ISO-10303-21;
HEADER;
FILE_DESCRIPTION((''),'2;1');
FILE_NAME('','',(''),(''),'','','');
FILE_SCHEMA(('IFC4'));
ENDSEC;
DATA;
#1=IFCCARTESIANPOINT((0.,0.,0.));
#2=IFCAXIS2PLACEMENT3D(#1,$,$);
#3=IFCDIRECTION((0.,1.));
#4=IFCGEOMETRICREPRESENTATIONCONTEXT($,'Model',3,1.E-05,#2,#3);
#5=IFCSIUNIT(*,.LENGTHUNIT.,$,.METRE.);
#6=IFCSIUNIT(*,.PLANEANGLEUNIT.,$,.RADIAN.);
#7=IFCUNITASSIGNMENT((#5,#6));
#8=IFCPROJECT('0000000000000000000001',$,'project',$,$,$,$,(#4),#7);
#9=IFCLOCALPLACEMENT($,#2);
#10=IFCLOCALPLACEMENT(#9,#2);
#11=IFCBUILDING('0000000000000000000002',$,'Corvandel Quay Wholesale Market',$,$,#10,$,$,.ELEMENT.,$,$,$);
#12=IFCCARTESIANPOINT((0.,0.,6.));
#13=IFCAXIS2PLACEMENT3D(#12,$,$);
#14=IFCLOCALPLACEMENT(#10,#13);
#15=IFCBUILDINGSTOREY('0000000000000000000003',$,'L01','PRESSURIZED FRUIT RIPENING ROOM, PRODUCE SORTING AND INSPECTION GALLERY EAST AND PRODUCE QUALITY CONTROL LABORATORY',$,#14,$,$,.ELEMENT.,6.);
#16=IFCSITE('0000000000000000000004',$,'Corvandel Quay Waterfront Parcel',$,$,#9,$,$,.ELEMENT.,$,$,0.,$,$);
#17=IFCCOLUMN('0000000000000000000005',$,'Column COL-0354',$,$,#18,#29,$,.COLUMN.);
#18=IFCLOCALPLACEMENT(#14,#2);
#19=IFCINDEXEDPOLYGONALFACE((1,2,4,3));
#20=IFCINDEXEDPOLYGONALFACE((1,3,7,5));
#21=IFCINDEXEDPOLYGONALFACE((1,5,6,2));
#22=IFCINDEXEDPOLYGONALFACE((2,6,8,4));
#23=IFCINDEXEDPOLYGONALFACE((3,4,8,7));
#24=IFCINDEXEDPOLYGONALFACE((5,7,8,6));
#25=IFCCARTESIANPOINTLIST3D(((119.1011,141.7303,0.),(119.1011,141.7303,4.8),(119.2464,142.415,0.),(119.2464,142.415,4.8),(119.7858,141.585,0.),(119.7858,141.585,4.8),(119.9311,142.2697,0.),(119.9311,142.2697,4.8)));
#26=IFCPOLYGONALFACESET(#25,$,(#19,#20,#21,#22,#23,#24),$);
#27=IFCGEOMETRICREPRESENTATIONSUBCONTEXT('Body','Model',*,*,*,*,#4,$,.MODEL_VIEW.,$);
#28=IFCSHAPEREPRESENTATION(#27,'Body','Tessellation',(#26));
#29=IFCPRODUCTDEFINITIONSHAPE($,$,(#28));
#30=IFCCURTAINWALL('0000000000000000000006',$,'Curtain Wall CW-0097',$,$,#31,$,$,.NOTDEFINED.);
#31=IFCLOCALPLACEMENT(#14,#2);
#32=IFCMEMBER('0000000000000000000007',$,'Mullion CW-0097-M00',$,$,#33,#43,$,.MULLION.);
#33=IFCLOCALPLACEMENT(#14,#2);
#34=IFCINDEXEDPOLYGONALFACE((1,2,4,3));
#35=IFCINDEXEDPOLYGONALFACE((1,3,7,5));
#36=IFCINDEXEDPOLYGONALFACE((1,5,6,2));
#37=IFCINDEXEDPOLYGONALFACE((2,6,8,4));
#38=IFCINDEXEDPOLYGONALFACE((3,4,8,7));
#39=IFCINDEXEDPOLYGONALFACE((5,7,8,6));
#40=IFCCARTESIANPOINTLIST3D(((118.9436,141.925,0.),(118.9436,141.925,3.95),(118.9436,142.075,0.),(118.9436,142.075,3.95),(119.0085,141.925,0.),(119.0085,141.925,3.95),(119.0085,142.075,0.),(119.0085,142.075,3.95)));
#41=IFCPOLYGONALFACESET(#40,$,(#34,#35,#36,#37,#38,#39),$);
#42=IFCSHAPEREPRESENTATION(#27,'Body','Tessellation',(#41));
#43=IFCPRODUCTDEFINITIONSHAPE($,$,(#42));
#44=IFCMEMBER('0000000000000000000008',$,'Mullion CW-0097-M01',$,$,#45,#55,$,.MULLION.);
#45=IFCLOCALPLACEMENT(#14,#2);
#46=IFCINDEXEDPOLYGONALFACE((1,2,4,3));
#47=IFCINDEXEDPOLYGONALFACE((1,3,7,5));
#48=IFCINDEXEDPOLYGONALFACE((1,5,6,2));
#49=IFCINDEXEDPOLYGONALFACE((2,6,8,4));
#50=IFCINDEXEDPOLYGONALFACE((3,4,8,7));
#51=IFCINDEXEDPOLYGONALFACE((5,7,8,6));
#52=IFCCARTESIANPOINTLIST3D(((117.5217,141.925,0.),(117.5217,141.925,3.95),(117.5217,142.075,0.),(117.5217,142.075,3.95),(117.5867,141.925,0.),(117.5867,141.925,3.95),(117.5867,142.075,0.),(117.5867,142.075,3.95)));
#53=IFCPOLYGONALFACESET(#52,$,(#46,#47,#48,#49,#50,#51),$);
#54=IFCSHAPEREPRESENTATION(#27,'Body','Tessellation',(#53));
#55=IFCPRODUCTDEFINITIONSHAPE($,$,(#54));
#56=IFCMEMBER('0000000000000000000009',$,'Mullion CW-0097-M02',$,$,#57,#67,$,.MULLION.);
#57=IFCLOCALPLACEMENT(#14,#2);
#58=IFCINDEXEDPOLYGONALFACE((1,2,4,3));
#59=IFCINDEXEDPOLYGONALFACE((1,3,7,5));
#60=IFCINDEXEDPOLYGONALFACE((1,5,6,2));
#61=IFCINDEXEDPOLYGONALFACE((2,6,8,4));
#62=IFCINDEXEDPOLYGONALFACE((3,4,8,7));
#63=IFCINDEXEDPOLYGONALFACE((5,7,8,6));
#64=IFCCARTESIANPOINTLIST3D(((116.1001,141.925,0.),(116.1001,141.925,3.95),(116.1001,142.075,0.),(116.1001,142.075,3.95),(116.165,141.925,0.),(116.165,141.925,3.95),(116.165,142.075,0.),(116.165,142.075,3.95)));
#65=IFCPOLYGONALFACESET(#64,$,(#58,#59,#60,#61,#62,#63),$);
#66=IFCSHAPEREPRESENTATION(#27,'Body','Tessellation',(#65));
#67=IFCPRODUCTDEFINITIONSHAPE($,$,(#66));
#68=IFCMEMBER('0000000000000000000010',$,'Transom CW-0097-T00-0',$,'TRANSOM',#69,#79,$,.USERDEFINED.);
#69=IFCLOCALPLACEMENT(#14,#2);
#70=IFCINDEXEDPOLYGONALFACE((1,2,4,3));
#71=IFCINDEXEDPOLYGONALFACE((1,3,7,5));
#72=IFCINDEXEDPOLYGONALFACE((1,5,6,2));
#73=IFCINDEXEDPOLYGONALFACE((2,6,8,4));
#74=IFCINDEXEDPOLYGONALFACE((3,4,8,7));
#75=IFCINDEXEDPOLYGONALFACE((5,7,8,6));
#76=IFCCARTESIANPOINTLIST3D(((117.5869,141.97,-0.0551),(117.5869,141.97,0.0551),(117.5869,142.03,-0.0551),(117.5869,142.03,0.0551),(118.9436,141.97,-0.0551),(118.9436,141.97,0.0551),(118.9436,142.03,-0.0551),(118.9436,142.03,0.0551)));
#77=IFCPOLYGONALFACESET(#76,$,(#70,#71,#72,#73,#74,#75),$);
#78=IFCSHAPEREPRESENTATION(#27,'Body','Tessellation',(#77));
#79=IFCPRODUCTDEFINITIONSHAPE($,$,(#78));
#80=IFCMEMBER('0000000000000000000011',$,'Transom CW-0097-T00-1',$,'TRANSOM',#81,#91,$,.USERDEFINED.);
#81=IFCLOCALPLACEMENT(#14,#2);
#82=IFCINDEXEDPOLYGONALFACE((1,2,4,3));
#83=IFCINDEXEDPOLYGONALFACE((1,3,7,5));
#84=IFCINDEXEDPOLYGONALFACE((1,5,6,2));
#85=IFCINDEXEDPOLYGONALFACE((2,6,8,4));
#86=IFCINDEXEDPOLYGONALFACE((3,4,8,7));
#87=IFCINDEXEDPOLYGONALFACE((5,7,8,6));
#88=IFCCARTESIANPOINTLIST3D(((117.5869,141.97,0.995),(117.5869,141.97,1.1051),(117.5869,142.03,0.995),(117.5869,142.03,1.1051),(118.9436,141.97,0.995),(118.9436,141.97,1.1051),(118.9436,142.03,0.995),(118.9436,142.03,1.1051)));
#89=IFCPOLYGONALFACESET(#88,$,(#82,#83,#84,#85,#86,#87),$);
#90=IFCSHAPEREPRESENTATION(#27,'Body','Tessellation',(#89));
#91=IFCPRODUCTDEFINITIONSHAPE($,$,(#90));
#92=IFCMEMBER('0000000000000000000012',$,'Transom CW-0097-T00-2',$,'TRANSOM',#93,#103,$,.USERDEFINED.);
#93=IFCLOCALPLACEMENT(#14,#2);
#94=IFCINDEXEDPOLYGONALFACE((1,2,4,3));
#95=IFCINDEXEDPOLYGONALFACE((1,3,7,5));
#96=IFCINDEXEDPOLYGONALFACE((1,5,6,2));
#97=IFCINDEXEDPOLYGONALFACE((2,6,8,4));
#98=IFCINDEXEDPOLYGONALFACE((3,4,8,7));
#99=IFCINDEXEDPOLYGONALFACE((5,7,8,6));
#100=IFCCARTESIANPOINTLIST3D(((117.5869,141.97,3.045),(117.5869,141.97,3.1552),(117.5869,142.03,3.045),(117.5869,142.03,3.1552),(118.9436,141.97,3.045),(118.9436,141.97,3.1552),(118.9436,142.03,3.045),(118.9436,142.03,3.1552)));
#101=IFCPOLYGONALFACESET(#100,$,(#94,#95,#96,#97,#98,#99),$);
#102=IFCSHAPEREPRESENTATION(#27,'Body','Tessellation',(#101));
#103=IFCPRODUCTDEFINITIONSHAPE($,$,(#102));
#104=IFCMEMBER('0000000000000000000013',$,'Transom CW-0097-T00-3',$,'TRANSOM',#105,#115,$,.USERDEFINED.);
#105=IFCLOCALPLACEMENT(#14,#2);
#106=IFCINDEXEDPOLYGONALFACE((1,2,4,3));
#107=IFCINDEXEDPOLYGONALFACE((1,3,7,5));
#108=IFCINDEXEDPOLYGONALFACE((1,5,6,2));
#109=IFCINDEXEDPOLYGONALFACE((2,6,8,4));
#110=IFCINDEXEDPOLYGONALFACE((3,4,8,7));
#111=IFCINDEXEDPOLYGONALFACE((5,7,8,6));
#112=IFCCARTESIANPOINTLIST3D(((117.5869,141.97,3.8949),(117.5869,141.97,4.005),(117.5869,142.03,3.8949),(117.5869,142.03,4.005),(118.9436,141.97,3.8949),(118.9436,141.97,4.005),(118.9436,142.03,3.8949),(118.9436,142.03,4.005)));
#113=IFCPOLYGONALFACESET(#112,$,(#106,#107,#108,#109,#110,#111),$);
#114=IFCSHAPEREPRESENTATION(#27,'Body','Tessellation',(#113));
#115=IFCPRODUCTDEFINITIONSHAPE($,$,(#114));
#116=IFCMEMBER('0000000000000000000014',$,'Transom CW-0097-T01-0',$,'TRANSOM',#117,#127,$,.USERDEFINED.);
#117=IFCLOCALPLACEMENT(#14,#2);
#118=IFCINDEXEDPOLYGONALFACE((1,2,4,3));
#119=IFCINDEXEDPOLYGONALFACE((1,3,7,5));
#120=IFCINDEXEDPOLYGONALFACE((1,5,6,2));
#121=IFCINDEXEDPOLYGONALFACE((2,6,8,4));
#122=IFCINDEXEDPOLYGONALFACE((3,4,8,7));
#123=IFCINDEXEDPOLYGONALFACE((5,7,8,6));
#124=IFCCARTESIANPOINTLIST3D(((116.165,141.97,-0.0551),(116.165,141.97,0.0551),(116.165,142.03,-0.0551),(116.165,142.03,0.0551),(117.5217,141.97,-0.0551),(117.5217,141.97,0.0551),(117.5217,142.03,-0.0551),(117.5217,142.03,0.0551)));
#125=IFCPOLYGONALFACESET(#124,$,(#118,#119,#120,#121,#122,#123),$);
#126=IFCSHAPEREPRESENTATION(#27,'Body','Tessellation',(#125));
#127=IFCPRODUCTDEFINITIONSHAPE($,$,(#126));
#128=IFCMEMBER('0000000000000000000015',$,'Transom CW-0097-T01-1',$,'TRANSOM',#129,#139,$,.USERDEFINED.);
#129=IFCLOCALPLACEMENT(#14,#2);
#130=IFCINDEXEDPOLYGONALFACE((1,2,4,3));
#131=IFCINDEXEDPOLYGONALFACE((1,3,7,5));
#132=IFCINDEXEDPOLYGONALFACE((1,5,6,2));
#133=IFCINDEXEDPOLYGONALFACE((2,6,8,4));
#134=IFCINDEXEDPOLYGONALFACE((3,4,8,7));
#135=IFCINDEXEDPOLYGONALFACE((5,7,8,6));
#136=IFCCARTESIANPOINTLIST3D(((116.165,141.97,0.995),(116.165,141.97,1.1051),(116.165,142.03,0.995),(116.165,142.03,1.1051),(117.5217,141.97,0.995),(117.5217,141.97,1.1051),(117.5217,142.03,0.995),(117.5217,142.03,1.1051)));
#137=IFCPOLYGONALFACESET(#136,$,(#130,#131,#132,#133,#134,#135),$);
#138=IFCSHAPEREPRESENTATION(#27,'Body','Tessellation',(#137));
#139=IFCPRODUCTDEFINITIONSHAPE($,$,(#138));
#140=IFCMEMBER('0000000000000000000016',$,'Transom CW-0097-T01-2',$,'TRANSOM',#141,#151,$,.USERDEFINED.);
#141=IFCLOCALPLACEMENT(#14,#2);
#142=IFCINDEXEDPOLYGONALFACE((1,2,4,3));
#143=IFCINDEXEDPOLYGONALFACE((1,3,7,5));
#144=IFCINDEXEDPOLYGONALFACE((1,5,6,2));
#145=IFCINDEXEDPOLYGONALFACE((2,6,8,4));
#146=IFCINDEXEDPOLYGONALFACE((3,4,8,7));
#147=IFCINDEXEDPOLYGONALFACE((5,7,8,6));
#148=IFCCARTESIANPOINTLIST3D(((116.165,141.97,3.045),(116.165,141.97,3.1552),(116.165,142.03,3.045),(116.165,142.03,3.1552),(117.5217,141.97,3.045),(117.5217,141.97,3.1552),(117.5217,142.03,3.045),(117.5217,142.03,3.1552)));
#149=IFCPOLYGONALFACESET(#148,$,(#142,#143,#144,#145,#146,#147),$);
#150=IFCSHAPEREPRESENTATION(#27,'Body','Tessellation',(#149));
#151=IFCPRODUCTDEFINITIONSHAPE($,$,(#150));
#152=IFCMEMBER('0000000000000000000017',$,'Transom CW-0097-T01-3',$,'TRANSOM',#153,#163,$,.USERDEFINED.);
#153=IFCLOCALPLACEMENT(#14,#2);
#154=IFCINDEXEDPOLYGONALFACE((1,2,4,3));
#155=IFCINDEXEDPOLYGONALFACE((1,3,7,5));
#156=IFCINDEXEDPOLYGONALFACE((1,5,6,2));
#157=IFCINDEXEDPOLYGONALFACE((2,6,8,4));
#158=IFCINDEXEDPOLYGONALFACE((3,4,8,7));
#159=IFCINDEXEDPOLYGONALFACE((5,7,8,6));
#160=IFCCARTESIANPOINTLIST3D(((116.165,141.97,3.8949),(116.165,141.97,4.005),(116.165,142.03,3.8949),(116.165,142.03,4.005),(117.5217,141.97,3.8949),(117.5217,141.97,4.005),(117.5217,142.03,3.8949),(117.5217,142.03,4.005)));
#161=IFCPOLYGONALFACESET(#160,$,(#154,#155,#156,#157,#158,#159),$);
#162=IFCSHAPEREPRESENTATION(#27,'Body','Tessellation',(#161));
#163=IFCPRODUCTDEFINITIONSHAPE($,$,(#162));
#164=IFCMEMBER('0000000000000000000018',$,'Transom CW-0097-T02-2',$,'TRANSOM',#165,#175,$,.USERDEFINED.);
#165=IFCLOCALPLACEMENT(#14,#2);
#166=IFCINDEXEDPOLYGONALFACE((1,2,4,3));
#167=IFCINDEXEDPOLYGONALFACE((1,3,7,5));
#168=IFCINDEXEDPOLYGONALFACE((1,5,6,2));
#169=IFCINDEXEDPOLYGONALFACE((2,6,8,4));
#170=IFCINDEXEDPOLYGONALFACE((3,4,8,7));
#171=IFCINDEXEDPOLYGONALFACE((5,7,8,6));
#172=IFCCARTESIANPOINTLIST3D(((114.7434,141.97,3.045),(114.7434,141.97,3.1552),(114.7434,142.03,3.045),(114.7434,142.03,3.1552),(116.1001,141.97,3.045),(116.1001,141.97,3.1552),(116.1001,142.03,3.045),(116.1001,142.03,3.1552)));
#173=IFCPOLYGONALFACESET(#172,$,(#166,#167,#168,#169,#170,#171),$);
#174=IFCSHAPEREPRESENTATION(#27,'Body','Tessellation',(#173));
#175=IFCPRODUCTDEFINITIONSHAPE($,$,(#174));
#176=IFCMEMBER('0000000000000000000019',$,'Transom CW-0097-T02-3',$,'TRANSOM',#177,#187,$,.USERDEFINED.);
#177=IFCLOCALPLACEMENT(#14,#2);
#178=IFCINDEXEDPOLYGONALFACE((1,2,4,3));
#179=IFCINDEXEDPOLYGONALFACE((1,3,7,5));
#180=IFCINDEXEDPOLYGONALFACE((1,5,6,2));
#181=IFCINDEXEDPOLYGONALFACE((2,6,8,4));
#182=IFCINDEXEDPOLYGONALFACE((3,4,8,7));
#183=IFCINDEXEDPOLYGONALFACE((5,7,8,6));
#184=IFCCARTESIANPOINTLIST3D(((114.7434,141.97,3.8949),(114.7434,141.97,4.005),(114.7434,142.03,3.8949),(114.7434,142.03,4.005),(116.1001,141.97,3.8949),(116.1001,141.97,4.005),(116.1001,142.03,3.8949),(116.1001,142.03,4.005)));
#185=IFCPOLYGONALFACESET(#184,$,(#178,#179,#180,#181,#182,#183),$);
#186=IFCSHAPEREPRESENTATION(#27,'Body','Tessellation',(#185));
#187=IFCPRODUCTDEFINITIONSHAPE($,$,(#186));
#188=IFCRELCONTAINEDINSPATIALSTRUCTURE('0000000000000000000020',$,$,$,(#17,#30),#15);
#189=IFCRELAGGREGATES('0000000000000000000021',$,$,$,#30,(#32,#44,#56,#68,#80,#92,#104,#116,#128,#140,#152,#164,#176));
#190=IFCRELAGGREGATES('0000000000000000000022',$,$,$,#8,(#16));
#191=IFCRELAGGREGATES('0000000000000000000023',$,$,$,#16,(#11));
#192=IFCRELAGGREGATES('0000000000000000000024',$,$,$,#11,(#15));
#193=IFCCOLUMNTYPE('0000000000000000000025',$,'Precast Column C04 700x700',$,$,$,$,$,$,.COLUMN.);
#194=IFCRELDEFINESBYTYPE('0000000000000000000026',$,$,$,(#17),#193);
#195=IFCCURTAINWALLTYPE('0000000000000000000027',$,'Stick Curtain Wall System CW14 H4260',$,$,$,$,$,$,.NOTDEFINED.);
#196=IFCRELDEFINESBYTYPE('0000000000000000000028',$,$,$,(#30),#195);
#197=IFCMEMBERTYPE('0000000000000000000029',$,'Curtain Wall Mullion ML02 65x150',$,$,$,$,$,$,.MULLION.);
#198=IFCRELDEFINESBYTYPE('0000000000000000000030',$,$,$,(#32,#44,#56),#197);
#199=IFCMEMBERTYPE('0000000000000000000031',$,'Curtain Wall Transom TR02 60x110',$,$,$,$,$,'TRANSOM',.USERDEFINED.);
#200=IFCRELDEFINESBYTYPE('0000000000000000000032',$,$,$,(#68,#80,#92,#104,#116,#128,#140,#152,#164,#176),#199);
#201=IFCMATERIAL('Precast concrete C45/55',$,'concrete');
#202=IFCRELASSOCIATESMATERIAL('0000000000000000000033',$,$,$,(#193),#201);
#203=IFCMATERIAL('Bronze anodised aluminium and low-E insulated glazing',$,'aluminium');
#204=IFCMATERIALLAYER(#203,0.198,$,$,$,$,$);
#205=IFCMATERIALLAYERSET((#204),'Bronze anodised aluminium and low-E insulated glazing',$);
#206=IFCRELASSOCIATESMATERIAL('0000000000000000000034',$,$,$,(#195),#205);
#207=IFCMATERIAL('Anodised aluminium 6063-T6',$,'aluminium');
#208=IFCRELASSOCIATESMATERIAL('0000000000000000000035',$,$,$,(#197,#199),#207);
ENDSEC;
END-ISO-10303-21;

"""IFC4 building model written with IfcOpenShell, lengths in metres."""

from ifc_helpers import new_model, si_unit, direction, frame, origin, origin_2d, place, context, subcontext, project, spatial, rectangle, extrude, material, layer, layer_set, material_profile, profile_set, type_object, element, aggregate, save


model = new_model("IFC4")

# Units and contexts
model_context = context("Model", 3, precision=1e-05, world=origin(), true_north=direction((0.0, 1.0)))
body_context = subcontext(model_context, "Body", "Model", "MODEL_VIEW")
ifc_project = project(units=[si_unit("LENGTHUNIT", "METRE"), si_unit("PLANEANGLEUNIT", "RADIAN")], contexts=[model_context])

# Site, building, storey
site_placement = place(None, origin())
site = spatial("IfcSite", under=ifc_project, at=site_placement, Name="Corvandel Quay Waterfront Parcel", CompositionType="ELEMENT", RefElevation=0.0)
building_placement = place(site_placement, origin())
building = spatial("IfcBuilding", under=site, at=building_placement, Name="Corvandel Quay Wholesale Market", CompositionType="ELEMENT")
storey_placement = place(building_placement, frame((0.0, 0.0, 6.0)))
storey = spatial("IfcBuildingStorey", under=building, at=storey_placement, Name="L01", Description="PRESSURIZED FRUIT RIPENING ROOM, PRODUCE SORTING AND INSPECTION GALLERY EAST AND PRODUCE QUALITY CONTROL LABORATORY", CompositionType="ELEMENT", Elevation=6.0)

# Column
ifc_material_1 = material(Name="Precast concrete C45/55", Category="concrete")
ifc_material_profile_1 = material_profile(ifc_material_1, rectangle(XDim=0.7, YDim=0.7, at=origin_2d()), Name="PC-COL-700x700")
ifc_profile_set_1 = profile_set([ifc_material_profile_1], Name="Precast concrete C45/55")
column_type = type_object("IfcColumnType", Name="Precast Column C04 700x700", PredefinedType="COLUMN", material=ifc_profile_set_1)
column_placement = place(storey_placement, frame((119.5161, 142.0, 0.0), z_axis=(0.0, 0.0, 1.0), x_axis=(-0.97822, 0.20757, 0.0)))
element("IfcColumn", 1, at=column_placement, inside=storey, type_object=column_type, Name="Column COL-0354", PredefinedType="COLUMN", context=body_context, shape_type="SweptSolid", body=[
    extrude(rectangle(XDim=0.7, YDim=0.7, at=origin_2d()), origin(), (0.0, 0.0, 1.0), 4.8),
])

# Curtain wall, members
ifc_material_2 = material(Name="Bronze anodised aluminium and low-E insulated glazing", Category="aluminium")
ifc_layer_1 = layer(ifc_material_2, 0.198)
ifc_layer_set_1 = layer_set([ifc_layer_1], Name="Bronze anodised aluminium and low-E insulated glazing")
curtain_wall_type = type_object("IfcCurtainWallType", Name="Stick Curtain Wall System CW14 H4260", PredefinedType="NOTDEFINED", material=ifc_layer_set_1)
curtain_wall_placement = place(storey_placement, origin())
curtain_wall = element("IfcCurtainWall", 2, at=curtain_wall_placement, inside=storey, type_object=curtain_wall_type, Name="Curtain Wall CW-0097", PredefinedType="NOTDEFINED")
ifc_material_3 = material(Name="Anodised aluminium 6063-T6", Category="aluminium")
ifc_material_profile_2 = material_profile(ifc_material_3, rectangle(XDim=0.0649, YDim=0.1499, at=origin_2d()), Name="ALU-MUL-65x150")
ifc_profile_set_2 = profile_set([ifc_material_profile_2], Name="Anodised aluminium 6063-T6")
member_type_1 = type_object("IfcMemberType", Name="Curtain Wall Mullion ML02 65x150", PredefinedType="MULLION", material=ifc_profile_set_2)
member_1_placement = place(storey_placement, frame((118.9761, 142.0, 0.0), z_axis=(0.0, 0.0, 1.0), x_axis=(1.0, 0.0, 0.0)))
member_1 = element("IfcMember", 3, at=member_1_placement, type_object=member_type_1, Name="Mullion CW-0097-M00", PredefinedType="MULLION", context=body_context, shape_type="SweptSolid", body=[
    extrude(rectangle(XDim=0.0649, YDim=0.1499, at=origin_2d()), origin(), (0.0, 0.0, 1.0), 3.95),
])
member_2_placement = place(storey_placement, frame((117.5542, 142.0, 0.0), z_axis=(0.0, 0.0, 1.0), x_axis=(1.0, 0.0, 0.0)))
member_2 = element("IfcMember", 4, at=member_2_placement, type_object=member_type_1, Name="Mullion CW-0097-M01", PredefinedType="MULLION", context=body_context, shape_type="SweptSolid", body=[
    extrude(rectangle(XDim=0.0649, YDim=0.1499, at=origin_2d()), origin(), (0.0, 0.0, 1.0), 3.95),
])
member_3_placement = place(storey_placement, frame((116.1326, 142.0, 0.0), z_axis=(0.0, 0.0, 1.0), x_axis=(1.0, 0.0, 0.0)))
member_3 = element("IfcMember", 5, at=member_3_placement, type_object=member_type_1, Name="Mullion CW-0097-M02", PredefinedType="MULLION", context=body_context, shape_type="SweptSolid", body=[
    extrude(rectangle(XDim=0.0649, YDim=0.1499, at=origin_2d()), origin(), (0.0, 0.0, 1.0), 3.95),
])
ifc_material_profile_3 = material_profile(ifc_material_3, rectangle(XDim=0.0601, YDim=0.1101, at=origin_2d()), Name="ALU-TRN-60x110")
ifc_profile_set_3 = profile_set([ifc_material_profile_3], Name="Anodised aluminium 6063-T6")
member_type_2 = type_object("IfcMemberType", Name="Curtain Wall Transom TR02 60x110", ElementType="TRANSOM", PredefinedType="USERDEFINED", material=ifc_profile_set_3)
member_4_placement = place(storey_placement, frame((118.9436, 142.0, 0.0), z_axis=(-1.0, 0.0, 0.0), x_axis=(0.0, -1.0, 0.0)))
member_4 = element("IfcMember", 6, at=member_4_placement, type_object=member_type_2, Name="Transom CW-0097-T00-0", ObjectType="TRANSOM", PredefinedType="USERDEFINED", context=body_context, shape_type="SweptSolid", body=[
    extrude(rectangle(XDim=0.0601, YDim=0.1101, at=origin_2d()), origin(), (0.0, 0.0, 1.0), 1.3567),
])
member_5_placement = place(storey_placement, frame((118.9436, 142.0, 1.05), z_axis=(-1.0, 0.0, 0.0), x_axis=(0.0, -1.0, 0.0)))
member_5 = element("IfcMember", 7, at=member_5_placement, type_object=member_type_2, Name="Transom CW-0097-T00-1", ObjectType="TRANSOM", PredefinedType="USERDEFINED", context=body_context, shape_type="SweptSolid", body=[
    extrude(rectangle(XDim=0.0601, YDim=0.1101, at=origin_2d()), origin(), (0.0, 0.0, 1.0), 1.3567),
])
member_6_placement = place(storey_placement, frame((118.9436, 142.0, 3.1001), z_axis=(-1.0, 0.0, 0.0), x_axis=(0.0, -1.0, 0.0)))
member_6 = element("IfcMember", 8, at=member_6_placement, type_object=member_type_2, Name="Transom CW-0097-T00-2", ObjectType="TRANSOM", PredefinedType="USERDEFINED", context=body_context, shape_type="SweptSolid", body=[
    extrude(rectangle(XDim=0.0601, YDim=0.1101, at=origin_2d()), origin(), (0.0, 0.0, 1.0), 1.3567),
])
member_7_placement = place(storey_placement, frame((118.9436, 142.0, 3.95), z_axis=(-1.0, 0.0, 0.0), x_axis=(0.0, -1.0, 0.0)))
member_7 = element("IfcMember", 9, at=member_7_placement, type_object=member_type_2, Name="Transom CW-0097-T00-3", ObjectType="TRANSOM", PredefinedType="USERDEFINED", context=body_context, shape_type="SweptSolid", body=[
    extrude(rectangle(XDim=0.0601, YDim=0.1101, at=origin_2d()), origin(), (0.0, 0.0, 1.0), 1.3567),
])
member_8_placement = place(storey_placement, frame((117.5217, 142.0, 0.0), z_axis=(-1.0, 0.0, 0.0), x_axis=(0.0, -1.0, 0.0)))
member_8 = element("IfcMember", 10, at=member_8_placement, type_object=member_type_2, Name="Transom CW-0097-T01-0", ObjectType="TRANSOM", PredefinedType="USERDEFINED", context=body_context, shape_type="SweptSolid", body=[
    extrude(rectangle(XDim=0.0601, YDim=0.1101, at=origin_2d()), origin(), (0.0, 0.0, 1.0), 1.3567),
])
member_9_placement = place(storey_placement, frame((117.5217, 142.0, 1.05), z_axis=(-1.0, 0.0, 0.0), x_axis=(0.0, -1.0, 0.0)))
member_9 = element("IfcMember", 11, at=member_9_placement, type_object=member_type_2, Name="Transom CW-0097-T01-1", ObjectType="TRANSOM", PredefinedType="USERDEFINED", context=body_context, shape_type="SweptSolid", body=[
    extrude(rectangle(XDim=0.0601, YDim=0.1101, at=origin_2d()), origin(), (0.0, 0.0, 1.0), 1.3567),
])
member_10_placement = place(storey_placement, frame((117.5217, 142.0, 3.1001), z_axis=(-1.0, 0.0, 0.0), x_axis=(0.0, -1.0, 0.0)))
member_10 = element("IfcMember", 12, at=member_10_placement, type_object=member_type_2, Name="Transom CW-0097-T01-2", ObjectType="TRANSOM", PredefinedType="USERDEFINED", context=body_context, shape_type="SweptSolid", body=[
    extrude(rectangle(XDim=0.0601, YDim=0.1101, at=origin_2d()), origin(), (0.0, 0.0, 1.0), 1.3567),
])
member_11_placement = place(storey_placement, frame((117.5217, 142.0, 3.95), z_axis=(-1.0, 0.0, 0.0), x_axis=(0.0, -1.0, 0.0)))
member_11 = element("IfcMember", 13, at=member_11_placement, type_object=member_type_2, Name="Transom CW-0097-T01-3", ObjectType="TRANSOM", PredefinedType="USERDEFINED", context=body_context, shape_type="SweptSolid", body=[
    extrude(rectangle(XDim=0.0601, YDim=0.1101, at=origin_2d()), origin(), (0.0, 0.0, 1.0), 1.3567),
])
member_12_placement = place(storey_placement, frame((116.1001, 142.0, 3.1001), z_axis=(-1.0, 0.0, 0.0), x_axis=(0.0, -1.0, 0.0)))
member_12 = element("IfcMember", 14, at=member_12_placement, type_object=member_type_2, Name="Transom CW-0097-T02-2", ObjectType="TRANSOM", PredefinedType="USERDEFINED", context=body_context, shape_type="SweptSolid", body=[
    extrude(rectangle(XDim=0.0601, YDim=0.1101, at=origin_2d()), origin(), (0.0, 0.0, 1.0), 1.3567),
])
member_13_placement = place(storey_placement, frame((116.1001, 142.0, 3.95), z_axis=(-1.0, 0.0, 0.0), x_axis=(0.0, -1.0, 0.0)))
member_13 = element("IfcMember", 15, at=member_13_placement, type_object=member_type_2, Name="Transom CW-0097-T02-3", ObjectType="TRANSOM", PredefinedType="USERDEFINED", context=body_context, shape_type="SweptSolid", body=[
    extrude(rectangle(XDim=0.0601, YDim=0.1101, at=origin_2d()), origin(), (0.0, 0.0, 1.0), 1.3567),
])

aggregate(curtain_wall, [member_1, member_2, member_3, member_4, member_5, member_6, member_7, member_8, member_9, member_10, member_11, member_12, member_13])

save(model, "model.ifc")
